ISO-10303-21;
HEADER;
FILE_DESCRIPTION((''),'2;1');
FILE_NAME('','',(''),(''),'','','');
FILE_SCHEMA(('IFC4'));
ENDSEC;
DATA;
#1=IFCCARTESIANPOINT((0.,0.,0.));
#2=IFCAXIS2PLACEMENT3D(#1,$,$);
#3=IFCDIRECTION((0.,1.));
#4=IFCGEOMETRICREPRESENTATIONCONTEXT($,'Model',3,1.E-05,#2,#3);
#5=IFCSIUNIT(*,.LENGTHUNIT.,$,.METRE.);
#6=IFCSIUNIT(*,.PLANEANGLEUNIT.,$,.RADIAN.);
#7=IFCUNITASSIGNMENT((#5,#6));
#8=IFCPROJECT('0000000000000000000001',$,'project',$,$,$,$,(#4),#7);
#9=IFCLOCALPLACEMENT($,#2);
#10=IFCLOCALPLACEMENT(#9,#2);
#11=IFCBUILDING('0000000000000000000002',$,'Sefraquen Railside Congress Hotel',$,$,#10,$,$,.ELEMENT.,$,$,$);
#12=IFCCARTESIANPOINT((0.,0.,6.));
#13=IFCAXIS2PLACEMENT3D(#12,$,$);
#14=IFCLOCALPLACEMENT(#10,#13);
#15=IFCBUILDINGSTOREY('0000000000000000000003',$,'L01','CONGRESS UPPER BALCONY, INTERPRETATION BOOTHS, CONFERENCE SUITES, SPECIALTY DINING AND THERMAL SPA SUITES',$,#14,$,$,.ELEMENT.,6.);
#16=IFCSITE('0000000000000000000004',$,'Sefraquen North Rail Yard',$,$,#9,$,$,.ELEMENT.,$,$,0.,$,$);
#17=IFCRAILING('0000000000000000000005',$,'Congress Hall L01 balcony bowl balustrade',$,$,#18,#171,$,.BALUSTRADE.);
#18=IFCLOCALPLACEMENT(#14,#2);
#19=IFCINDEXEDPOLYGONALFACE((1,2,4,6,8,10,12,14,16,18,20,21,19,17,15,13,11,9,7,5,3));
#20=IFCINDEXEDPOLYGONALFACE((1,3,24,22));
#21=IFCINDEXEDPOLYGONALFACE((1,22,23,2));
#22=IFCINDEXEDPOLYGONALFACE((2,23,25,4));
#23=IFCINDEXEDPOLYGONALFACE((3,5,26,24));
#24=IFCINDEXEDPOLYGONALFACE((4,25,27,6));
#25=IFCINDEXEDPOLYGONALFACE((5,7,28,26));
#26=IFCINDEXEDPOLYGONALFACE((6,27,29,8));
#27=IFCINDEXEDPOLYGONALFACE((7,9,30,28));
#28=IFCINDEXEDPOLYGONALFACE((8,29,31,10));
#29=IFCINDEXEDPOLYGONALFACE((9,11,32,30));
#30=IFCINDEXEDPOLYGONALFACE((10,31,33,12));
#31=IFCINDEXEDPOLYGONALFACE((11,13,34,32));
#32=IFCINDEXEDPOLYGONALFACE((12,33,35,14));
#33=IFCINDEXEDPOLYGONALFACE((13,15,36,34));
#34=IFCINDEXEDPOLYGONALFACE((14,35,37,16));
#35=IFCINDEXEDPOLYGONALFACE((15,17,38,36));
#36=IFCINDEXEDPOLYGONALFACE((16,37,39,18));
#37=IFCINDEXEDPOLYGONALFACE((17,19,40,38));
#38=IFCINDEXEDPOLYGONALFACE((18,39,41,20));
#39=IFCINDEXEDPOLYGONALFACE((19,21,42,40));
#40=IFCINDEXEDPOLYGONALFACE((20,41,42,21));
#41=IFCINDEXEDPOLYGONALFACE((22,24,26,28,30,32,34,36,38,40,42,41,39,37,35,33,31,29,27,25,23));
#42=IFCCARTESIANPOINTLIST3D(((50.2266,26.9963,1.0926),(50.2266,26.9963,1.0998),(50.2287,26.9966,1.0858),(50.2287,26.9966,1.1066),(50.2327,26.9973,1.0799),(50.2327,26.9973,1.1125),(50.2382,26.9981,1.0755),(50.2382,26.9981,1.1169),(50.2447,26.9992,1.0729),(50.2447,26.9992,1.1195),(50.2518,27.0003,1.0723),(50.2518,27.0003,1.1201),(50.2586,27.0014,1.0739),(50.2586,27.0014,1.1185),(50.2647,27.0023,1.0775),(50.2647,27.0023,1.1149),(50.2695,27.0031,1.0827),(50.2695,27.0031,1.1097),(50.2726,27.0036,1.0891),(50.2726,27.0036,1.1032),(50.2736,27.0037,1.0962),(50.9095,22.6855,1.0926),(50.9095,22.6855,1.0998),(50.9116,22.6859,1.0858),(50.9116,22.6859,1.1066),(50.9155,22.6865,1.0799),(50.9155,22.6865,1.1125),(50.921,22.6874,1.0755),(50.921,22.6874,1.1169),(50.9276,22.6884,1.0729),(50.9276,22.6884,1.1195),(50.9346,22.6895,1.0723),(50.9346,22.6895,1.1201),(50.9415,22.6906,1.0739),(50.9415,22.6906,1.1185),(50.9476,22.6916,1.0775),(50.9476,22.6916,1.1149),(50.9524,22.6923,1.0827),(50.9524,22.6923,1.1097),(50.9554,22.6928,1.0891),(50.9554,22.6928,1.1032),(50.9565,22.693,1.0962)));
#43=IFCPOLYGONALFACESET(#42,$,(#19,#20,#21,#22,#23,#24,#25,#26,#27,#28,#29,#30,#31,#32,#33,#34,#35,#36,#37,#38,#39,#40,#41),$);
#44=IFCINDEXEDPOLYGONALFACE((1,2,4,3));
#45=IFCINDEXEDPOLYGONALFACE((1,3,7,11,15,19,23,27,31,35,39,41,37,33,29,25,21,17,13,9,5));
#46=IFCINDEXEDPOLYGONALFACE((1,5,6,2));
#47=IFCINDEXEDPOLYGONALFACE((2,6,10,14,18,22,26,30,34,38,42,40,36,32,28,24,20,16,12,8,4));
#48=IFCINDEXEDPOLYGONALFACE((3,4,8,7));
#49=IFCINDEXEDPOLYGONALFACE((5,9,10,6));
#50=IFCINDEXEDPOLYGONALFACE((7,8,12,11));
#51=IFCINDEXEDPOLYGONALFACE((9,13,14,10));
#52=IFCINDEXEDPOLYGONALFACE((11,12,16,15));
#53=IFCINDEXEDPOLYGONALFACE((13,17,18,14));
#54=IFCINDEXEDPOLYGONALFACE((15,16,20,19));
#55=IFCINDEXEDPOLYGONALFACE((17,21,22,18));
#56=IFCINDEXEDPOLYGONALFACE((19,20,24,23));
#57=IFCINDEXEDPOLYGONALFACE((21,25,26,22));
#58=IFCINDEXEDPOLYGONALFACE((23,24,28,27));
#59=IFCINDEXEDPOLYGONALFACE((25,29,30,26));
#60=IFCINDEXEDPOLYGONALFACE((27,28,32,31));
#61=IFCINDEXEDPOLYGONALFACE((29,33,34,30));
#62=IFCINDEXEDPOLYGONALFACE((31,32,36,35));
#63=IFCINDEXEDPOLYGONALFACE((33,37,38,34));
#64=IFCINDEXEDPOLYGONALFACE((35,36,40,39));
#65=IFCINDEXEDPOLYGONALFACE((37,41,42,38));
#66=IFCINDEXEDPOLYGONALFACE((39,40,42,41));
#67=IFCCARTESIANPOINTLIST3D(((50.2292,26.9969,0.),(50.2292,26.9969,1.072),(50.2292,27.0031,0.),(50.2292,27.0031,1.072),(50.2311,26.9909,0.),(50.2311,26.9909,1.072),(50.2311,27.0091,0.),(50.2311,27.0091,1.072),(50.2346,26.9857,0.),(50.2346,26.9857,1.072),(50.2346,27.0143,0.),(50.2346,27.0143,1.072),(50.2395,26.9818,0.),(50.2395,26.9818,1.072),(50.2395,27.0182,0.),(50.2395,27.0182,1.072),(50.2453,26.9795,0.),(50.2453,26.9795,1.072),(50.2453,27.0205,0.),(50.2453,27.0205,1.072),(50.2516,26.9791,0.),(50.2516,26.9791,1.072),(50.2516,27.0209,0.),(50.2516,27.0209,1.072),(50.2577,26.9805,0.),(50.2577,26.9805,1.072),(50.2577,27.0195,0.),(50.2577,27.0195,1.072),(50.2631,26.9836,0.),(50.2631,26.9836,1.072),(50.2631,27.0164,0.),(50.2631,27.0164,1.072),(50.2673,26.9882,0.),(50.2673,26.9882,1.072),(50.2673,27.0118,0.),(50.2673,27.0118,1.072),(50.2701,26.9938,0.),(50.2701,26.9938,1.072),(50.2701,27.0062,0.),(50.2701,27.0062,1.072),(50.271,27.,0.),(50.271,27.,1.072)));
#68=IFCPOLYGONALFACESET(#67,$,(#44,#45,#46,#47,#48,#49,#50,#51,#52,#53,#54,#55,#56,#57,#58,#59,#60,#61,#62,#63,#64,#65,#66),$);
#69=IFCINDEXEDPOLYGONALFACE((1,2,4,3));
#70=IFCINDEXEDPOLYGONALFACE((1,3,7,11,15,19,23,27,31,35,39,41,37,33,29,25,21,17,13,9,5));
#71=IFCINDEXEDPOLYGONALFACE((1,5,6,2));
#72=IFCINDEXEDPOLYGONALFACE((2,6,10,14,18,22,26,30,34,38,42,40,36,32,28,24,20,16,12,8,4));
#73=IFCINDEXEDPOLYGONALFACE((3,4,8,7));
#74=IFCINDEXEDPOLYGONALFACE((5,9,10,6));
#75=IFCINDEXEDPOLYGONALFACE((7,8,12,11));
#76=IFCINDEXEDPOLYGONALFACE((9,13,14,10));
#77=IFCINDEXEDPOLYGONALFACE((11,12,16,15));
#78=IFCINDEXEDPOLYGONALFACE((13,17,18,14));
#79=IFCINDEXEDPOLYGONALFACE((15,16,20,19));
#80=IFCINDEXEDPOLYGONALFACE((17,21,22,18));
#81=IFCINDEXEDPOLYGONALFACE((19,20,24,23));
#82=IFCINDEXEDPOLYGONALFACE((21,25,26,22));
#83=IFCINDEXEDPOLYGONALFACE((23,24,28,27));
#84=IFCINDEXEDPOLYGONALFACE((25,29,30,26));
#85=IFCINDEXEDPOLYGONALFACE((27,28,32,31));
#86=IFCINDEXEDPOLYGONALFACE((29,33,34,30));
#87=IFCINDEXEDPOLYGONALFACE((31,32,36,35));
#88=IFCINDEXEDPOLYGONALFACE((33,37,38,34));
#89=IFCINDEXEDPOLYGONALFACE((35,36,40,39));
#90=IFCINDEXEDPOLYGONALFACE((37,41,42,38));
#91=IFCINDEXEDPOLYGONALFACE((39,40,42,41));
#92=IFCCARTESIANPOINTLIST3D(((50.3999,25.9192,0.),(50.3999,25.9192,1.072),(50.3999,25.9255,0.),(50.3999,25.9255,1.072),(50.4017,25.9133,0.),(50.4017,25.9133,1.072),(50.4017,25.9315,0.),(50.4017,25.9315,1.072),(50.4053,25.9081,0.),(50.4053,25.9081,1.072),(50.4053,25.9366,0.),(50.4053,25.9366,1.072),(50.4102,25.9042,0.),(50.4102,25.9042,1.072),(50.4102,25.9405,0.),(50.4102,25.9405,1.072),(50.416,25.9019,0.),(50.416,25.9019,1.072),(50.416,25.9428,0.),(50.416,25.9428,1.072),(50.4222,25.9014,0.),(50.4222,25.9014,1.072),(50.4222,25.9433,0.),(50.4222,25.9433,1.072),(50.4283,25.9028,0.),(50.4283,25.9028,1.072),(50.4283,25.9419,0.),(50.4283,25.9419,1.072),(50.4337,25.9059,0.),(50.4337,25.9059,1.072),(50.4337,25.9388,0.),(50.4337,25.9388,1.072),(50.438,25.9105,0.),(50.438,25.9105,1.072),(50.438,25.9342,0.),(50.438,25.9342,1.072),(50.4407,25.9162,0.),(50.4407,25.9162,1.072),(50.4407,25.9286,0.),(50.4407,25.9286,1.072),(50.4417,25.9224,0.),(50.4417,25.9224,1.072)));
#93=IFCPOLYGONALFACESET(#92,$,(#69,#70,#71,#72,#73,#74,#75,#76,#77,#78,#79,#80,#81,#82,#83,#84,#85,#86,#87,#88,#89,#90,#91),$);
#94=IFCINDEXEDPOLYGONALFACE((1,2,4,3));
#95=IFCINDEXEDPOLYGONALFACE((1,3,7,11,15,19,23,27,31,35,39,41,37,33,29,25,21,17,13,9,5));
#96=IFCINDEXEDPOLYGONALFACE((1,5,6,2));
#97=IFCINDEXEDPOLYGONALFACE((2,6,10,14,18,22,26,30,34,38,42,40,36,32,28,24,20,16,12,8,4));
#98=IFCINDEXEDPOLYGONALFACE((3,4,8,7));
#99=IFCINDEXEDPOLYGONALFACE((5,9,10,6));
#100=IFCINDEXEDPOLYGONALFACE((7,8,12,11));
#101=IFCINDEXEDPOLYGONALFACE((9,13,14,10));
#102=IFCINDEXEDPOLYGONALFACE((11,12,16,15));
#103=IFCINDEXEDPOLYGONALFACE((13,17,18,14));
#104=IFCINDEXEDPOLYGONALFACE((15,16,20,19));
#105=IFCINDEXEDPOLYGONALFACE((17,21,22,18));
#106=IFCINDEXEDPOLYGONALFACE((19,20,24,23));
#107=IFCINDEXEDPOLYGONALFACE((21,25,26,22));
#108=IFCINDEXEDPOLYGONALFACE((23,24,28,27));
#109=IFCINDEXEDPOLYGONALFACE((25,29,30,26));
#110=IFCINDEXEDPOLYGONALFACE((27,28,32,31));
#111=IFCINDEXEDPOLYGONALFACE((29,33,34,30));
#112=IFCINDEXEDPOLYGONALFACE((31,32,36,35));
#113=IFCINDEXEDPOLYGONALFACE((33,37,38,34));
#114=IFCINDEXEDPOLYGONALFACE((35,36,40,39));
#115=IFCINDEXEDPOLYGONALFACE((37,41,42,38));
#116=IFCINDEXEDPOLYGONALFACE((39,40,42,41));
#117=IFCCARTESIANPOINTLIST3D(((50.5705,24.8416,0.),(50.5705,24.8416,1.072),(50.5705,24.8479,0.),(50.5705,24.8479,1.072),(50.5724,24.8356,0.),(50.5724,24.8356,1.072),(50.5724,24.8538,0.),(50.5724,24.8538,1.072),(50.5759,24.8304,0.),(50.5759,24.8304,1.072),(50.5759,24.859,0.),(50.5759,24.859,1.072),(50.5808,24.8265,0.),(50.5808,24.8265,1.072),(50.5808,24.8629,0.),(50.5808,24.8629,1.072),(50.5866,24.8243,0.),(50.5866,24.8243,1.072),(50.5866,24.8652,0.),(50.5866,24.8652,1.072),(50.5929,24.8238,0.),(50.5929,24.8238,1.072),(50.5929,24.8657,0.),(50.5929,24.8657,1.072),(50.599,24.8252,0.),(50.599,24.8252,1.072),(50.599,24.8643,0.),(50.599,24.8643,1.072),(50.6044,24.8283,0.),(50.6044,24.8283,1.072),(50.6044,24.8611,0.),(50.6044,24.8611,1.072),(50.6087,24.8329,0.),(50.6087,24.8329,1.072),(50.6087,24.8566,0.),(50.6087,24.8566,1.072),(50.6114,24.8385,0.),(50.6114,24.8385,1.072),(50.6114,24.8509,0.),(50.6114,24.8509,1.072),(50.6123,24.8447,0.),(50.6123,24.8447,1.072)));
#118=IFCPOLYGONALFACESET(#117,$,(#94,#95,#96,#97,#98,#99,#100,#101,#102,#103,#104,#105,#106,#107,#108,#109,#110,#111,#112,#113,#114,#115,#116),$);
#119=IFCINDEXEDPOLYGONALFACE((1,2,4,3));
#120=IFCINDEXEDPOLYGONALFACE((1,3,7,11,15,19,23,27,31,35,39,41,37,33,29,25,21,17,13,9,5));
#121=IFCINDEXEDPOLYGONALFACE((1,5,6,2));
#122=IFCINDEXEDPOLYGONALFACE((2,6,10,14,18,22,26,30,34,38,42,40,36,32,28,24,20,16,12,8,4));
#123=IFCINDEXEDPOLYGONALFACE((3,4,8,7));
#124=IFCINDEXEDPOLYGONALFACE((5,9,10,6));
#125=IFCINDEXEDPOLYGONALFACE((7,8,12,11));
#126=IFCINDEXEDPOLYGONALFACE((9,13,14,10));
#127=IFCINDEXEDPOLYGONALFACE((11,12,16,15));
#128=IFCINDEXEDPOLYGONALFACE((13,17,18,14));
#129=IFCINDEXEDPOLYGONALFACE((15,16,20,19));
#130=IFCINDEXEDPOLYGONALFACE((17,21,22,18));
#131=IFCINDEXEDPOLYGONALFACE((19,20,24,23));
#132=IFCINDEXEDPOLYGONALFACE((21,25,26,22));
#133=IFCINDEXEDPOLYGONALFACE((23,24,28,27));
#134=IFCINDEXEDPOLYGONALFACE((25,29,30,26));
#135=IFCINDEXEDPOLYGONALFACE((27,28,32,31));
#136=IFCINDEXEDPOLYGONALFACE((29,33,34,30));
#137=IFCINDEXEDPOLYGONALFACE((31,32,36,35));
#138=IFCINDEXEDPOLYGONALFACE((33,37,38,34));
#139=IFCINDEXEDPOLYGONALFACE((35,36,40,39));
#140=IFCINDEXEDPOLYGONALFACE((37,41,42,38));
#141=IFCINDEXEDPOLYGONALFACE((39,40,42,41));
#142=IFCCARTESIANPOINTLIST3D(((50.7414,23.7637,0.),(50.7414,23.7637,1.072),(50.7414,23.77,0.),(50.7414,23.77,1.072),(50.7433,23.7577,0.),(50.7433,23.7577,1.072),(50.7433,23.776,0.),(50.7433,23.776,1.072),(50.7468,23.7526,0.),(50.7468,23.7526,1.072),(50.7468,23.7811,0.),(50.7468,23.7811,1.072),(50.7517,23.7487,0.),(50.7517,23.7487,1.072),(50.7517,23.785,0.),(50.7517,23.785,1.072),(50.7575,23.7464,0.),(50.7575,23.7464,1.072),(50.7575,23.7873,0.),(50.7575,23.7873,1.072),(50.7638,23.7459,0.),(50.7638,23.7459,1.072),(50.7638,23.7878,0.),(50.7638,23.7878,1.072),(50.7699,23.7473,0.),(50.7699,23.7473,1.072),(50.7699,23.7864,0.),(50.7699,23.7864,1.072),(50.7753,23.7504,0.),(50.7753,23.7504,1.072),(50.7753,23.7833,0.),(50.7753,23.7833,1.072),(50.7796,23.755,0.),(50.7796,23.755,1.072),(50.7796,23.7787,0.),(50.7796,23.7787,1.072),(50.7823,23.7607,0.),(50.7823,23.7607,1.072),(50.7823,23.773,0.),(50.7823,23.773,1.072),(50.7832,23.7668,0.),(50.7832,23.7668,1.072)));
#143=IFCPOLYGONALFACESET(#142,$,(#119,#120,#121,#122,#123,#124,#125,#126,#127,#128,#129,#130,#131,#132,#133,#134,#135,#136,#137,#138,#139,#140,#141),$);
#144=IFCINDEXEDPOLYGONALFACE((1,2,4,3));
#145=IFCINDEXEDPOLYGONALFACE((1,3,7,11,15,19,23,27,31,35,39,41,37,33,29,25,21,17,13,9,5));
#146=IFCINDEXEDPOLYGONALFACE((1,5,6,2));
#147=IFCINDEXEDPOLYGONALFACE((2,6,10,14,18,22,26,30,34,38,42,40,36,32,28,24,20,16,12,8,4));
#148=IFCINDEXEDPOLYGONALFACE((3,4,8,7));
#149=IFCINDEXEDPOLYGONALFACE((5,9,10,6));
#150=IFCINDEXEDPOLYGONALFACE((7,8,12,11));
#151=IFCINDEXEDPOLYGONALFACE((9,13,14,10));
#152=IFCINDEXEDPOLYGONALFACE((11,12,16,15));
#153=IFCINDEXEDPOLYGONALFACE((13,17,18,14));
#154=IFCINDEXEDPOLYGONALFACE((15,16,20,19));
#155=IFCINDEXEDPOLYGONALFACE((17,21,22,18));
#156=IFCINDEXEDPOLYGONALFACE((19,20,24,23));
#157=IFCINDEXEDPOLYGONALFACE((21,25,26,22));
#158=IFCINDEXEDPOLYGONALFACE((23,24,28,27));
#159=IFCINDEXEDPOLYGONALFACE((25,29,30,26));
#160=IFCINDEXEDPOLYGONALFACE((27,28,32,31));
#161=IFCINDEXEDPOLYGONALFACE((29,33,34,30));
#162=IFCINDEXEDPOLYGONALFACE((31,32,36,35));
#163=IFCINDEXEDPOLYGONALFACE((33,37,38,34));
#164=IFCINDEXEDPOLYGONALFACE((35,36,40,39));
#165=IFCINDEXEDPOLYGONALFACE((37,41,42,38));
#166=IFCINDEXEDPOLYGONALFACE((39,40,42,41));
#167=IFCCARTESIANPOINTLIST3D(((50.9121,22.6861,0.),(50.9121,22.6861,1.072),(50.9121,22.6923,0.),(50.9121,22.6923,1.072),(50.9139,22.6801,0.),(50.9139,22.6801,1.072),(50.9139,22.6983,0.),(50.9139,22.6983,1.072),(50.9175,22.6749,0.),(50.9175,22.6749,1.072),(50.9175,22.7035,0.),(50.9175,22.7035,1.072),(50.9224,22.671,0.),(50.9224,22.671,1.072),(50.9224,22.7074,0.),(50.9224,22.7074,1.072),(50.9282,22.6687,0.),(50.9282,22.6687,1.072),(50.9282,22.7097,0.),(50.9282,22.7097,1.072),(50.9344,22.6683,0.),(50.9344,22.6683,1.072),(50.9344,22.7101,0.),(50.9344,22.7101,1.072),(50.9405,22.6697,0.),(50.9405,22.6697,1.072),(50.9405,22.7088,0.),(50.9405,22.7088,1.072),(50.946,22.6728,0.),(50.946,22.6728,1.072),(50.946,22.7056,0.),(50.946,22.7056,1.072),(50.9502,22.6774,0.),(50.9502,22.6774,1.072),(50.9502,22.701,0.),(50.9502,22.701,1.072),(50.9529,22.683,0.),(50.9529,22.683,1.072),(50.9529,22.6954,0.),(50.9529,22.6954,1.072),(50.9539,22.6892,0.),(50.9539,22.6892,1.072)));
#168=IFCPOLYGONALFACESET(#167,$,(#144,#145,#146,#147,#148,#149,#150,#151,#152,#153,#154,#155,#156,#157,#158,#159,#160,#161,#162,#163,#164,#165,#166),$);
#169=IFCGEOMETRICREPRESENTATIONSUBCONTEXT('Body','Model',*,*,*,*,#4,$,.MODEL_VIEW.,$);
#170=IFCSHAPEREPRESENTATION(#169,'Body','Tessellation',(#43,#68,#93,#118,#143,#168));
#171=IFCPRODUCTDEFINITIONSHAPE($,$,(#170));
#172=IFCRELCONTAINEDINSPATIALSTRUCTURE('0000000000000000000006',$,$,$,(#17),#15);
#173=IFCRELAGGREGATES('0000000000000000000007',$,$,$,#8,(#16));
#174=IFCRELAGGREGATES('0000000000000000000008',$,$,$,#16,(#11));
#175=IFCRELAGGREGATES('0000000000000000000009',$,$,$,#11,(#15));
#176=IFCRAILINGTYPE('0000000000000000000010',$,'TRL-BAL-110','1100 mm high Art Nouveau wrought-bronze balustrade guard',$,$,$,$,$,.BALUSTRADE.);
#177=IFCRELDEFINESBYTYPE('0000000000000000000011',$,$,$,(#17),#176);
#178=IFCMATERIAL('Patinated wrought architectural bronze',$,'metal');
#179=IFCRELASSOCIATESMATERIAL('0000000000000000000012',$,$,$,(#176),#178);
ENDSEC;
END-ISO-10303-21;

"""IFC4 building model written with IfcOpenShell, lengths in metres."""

from ifc_helpers import new_model, si_unit, direction, frame, origin, origin_2d, place, context, subcontext, project, spatial, circle, extrude, material, type_object, element, save


model = new_model("IFC4")

# Units and contexts
model_context = context("Model", 3, precision=1e-05, world=origin(), true_north=direction((0.0, 1.0)))
body_context = subcontext(model_context, "Body", "Model", "MODEL_VIEW")
ifc_project = project(units=[si_unit("LENGTHUNIT", "METRE"), si_unit("PLANEANGLEUNIT", "RADIAN")], contexts=[model_context])

# Site, building, storey
site_placement = place(None, origin())
site = spatial("IfcSite", under=ifc_project, at=site_placement, Name="Sefraquen North Rail Yard", CompositionType="ELEMENT", RefElevation=0.0)
building_placement = place(site_placement, origin())
building = spatial("IfcBuilding", under=site, at=building_placement, Name="Sefraquen Railside Congress Hotel", CompositionType="ELEMENT")
storey_placement = place(building_placement, frame((0.0, 0.0, 6.0)))
storey = spatial("IfcBuildingStorey", under=building, at=storey_placement, Name="L01", Description="CONGRESS UPPER BALCONY, INTERPRETATION BOOTHS, CONFERENCE SUITES, SPECIALTY DINING AND THERMAL SPA SUITES", CompositionType="ELEMENT", Elevation=6.0)

# Railing
ifc_material_1 = material(Name="Patinated wrought architectural bronze", Category="metal")
railing_type = type_object("IfcRailingType", Name="TRL-BAL-110", Description="1100 mm high Art Nouveau wrought-bronze balustrade guard", PredefinedType="BALUSTRADE", material=ifc_material_1)
railing_1_placement = place(storey_placement, frame((50.25, 27.0, 0.0)))
element("IfcRailing", 1, at=railing_1_placement, inside=storey, type_object=railing_type, Name="Congress Hall L01 balcony bowl balustrade", PredefinedType="BALUSTRADE", context=body_context, shape_type="SweptSolid", body=[
    extrude(circle(Radius=0.0239, at=origin_2d()), frame((0.0, 0.0, 1.0962), z_axis=(0.156457, -0.987685, 0.0), x_axis=(0.987685, 0.156457, 0.0)), (0.0, 0.0, 1.0), 4.3645),
    extrude(circle(Radius=0.021, at=origin_2d()), origin(), (0.0, 0.0, 1.0), 1.072),
    extrude(circle(Radius=0.021, at=origin_2d()), frame((0.1707, -1.0776, 0.0)), (0.0, 0.0, 1.0), 1.072),
    extrude(circle(Radius=0.021, at=origin_2d()), frame((0.3413, -2.1553, 0.0)), (0.0, 0.0, 1.0), 1.072),
    extrude(circle(Radius=0.021, at=origin_2d()), frame((0.5122, -3.2332, 0.0)), (0.0, 0.0, 1.0), 1.072),
    extrude(circle(Radius=0.021, at=origin_2d()), frame((0.6829, -4.3108, 0.0)), (0.0, 0.0, 1.0), 1.072),
])

save(model, "model.ifc")
